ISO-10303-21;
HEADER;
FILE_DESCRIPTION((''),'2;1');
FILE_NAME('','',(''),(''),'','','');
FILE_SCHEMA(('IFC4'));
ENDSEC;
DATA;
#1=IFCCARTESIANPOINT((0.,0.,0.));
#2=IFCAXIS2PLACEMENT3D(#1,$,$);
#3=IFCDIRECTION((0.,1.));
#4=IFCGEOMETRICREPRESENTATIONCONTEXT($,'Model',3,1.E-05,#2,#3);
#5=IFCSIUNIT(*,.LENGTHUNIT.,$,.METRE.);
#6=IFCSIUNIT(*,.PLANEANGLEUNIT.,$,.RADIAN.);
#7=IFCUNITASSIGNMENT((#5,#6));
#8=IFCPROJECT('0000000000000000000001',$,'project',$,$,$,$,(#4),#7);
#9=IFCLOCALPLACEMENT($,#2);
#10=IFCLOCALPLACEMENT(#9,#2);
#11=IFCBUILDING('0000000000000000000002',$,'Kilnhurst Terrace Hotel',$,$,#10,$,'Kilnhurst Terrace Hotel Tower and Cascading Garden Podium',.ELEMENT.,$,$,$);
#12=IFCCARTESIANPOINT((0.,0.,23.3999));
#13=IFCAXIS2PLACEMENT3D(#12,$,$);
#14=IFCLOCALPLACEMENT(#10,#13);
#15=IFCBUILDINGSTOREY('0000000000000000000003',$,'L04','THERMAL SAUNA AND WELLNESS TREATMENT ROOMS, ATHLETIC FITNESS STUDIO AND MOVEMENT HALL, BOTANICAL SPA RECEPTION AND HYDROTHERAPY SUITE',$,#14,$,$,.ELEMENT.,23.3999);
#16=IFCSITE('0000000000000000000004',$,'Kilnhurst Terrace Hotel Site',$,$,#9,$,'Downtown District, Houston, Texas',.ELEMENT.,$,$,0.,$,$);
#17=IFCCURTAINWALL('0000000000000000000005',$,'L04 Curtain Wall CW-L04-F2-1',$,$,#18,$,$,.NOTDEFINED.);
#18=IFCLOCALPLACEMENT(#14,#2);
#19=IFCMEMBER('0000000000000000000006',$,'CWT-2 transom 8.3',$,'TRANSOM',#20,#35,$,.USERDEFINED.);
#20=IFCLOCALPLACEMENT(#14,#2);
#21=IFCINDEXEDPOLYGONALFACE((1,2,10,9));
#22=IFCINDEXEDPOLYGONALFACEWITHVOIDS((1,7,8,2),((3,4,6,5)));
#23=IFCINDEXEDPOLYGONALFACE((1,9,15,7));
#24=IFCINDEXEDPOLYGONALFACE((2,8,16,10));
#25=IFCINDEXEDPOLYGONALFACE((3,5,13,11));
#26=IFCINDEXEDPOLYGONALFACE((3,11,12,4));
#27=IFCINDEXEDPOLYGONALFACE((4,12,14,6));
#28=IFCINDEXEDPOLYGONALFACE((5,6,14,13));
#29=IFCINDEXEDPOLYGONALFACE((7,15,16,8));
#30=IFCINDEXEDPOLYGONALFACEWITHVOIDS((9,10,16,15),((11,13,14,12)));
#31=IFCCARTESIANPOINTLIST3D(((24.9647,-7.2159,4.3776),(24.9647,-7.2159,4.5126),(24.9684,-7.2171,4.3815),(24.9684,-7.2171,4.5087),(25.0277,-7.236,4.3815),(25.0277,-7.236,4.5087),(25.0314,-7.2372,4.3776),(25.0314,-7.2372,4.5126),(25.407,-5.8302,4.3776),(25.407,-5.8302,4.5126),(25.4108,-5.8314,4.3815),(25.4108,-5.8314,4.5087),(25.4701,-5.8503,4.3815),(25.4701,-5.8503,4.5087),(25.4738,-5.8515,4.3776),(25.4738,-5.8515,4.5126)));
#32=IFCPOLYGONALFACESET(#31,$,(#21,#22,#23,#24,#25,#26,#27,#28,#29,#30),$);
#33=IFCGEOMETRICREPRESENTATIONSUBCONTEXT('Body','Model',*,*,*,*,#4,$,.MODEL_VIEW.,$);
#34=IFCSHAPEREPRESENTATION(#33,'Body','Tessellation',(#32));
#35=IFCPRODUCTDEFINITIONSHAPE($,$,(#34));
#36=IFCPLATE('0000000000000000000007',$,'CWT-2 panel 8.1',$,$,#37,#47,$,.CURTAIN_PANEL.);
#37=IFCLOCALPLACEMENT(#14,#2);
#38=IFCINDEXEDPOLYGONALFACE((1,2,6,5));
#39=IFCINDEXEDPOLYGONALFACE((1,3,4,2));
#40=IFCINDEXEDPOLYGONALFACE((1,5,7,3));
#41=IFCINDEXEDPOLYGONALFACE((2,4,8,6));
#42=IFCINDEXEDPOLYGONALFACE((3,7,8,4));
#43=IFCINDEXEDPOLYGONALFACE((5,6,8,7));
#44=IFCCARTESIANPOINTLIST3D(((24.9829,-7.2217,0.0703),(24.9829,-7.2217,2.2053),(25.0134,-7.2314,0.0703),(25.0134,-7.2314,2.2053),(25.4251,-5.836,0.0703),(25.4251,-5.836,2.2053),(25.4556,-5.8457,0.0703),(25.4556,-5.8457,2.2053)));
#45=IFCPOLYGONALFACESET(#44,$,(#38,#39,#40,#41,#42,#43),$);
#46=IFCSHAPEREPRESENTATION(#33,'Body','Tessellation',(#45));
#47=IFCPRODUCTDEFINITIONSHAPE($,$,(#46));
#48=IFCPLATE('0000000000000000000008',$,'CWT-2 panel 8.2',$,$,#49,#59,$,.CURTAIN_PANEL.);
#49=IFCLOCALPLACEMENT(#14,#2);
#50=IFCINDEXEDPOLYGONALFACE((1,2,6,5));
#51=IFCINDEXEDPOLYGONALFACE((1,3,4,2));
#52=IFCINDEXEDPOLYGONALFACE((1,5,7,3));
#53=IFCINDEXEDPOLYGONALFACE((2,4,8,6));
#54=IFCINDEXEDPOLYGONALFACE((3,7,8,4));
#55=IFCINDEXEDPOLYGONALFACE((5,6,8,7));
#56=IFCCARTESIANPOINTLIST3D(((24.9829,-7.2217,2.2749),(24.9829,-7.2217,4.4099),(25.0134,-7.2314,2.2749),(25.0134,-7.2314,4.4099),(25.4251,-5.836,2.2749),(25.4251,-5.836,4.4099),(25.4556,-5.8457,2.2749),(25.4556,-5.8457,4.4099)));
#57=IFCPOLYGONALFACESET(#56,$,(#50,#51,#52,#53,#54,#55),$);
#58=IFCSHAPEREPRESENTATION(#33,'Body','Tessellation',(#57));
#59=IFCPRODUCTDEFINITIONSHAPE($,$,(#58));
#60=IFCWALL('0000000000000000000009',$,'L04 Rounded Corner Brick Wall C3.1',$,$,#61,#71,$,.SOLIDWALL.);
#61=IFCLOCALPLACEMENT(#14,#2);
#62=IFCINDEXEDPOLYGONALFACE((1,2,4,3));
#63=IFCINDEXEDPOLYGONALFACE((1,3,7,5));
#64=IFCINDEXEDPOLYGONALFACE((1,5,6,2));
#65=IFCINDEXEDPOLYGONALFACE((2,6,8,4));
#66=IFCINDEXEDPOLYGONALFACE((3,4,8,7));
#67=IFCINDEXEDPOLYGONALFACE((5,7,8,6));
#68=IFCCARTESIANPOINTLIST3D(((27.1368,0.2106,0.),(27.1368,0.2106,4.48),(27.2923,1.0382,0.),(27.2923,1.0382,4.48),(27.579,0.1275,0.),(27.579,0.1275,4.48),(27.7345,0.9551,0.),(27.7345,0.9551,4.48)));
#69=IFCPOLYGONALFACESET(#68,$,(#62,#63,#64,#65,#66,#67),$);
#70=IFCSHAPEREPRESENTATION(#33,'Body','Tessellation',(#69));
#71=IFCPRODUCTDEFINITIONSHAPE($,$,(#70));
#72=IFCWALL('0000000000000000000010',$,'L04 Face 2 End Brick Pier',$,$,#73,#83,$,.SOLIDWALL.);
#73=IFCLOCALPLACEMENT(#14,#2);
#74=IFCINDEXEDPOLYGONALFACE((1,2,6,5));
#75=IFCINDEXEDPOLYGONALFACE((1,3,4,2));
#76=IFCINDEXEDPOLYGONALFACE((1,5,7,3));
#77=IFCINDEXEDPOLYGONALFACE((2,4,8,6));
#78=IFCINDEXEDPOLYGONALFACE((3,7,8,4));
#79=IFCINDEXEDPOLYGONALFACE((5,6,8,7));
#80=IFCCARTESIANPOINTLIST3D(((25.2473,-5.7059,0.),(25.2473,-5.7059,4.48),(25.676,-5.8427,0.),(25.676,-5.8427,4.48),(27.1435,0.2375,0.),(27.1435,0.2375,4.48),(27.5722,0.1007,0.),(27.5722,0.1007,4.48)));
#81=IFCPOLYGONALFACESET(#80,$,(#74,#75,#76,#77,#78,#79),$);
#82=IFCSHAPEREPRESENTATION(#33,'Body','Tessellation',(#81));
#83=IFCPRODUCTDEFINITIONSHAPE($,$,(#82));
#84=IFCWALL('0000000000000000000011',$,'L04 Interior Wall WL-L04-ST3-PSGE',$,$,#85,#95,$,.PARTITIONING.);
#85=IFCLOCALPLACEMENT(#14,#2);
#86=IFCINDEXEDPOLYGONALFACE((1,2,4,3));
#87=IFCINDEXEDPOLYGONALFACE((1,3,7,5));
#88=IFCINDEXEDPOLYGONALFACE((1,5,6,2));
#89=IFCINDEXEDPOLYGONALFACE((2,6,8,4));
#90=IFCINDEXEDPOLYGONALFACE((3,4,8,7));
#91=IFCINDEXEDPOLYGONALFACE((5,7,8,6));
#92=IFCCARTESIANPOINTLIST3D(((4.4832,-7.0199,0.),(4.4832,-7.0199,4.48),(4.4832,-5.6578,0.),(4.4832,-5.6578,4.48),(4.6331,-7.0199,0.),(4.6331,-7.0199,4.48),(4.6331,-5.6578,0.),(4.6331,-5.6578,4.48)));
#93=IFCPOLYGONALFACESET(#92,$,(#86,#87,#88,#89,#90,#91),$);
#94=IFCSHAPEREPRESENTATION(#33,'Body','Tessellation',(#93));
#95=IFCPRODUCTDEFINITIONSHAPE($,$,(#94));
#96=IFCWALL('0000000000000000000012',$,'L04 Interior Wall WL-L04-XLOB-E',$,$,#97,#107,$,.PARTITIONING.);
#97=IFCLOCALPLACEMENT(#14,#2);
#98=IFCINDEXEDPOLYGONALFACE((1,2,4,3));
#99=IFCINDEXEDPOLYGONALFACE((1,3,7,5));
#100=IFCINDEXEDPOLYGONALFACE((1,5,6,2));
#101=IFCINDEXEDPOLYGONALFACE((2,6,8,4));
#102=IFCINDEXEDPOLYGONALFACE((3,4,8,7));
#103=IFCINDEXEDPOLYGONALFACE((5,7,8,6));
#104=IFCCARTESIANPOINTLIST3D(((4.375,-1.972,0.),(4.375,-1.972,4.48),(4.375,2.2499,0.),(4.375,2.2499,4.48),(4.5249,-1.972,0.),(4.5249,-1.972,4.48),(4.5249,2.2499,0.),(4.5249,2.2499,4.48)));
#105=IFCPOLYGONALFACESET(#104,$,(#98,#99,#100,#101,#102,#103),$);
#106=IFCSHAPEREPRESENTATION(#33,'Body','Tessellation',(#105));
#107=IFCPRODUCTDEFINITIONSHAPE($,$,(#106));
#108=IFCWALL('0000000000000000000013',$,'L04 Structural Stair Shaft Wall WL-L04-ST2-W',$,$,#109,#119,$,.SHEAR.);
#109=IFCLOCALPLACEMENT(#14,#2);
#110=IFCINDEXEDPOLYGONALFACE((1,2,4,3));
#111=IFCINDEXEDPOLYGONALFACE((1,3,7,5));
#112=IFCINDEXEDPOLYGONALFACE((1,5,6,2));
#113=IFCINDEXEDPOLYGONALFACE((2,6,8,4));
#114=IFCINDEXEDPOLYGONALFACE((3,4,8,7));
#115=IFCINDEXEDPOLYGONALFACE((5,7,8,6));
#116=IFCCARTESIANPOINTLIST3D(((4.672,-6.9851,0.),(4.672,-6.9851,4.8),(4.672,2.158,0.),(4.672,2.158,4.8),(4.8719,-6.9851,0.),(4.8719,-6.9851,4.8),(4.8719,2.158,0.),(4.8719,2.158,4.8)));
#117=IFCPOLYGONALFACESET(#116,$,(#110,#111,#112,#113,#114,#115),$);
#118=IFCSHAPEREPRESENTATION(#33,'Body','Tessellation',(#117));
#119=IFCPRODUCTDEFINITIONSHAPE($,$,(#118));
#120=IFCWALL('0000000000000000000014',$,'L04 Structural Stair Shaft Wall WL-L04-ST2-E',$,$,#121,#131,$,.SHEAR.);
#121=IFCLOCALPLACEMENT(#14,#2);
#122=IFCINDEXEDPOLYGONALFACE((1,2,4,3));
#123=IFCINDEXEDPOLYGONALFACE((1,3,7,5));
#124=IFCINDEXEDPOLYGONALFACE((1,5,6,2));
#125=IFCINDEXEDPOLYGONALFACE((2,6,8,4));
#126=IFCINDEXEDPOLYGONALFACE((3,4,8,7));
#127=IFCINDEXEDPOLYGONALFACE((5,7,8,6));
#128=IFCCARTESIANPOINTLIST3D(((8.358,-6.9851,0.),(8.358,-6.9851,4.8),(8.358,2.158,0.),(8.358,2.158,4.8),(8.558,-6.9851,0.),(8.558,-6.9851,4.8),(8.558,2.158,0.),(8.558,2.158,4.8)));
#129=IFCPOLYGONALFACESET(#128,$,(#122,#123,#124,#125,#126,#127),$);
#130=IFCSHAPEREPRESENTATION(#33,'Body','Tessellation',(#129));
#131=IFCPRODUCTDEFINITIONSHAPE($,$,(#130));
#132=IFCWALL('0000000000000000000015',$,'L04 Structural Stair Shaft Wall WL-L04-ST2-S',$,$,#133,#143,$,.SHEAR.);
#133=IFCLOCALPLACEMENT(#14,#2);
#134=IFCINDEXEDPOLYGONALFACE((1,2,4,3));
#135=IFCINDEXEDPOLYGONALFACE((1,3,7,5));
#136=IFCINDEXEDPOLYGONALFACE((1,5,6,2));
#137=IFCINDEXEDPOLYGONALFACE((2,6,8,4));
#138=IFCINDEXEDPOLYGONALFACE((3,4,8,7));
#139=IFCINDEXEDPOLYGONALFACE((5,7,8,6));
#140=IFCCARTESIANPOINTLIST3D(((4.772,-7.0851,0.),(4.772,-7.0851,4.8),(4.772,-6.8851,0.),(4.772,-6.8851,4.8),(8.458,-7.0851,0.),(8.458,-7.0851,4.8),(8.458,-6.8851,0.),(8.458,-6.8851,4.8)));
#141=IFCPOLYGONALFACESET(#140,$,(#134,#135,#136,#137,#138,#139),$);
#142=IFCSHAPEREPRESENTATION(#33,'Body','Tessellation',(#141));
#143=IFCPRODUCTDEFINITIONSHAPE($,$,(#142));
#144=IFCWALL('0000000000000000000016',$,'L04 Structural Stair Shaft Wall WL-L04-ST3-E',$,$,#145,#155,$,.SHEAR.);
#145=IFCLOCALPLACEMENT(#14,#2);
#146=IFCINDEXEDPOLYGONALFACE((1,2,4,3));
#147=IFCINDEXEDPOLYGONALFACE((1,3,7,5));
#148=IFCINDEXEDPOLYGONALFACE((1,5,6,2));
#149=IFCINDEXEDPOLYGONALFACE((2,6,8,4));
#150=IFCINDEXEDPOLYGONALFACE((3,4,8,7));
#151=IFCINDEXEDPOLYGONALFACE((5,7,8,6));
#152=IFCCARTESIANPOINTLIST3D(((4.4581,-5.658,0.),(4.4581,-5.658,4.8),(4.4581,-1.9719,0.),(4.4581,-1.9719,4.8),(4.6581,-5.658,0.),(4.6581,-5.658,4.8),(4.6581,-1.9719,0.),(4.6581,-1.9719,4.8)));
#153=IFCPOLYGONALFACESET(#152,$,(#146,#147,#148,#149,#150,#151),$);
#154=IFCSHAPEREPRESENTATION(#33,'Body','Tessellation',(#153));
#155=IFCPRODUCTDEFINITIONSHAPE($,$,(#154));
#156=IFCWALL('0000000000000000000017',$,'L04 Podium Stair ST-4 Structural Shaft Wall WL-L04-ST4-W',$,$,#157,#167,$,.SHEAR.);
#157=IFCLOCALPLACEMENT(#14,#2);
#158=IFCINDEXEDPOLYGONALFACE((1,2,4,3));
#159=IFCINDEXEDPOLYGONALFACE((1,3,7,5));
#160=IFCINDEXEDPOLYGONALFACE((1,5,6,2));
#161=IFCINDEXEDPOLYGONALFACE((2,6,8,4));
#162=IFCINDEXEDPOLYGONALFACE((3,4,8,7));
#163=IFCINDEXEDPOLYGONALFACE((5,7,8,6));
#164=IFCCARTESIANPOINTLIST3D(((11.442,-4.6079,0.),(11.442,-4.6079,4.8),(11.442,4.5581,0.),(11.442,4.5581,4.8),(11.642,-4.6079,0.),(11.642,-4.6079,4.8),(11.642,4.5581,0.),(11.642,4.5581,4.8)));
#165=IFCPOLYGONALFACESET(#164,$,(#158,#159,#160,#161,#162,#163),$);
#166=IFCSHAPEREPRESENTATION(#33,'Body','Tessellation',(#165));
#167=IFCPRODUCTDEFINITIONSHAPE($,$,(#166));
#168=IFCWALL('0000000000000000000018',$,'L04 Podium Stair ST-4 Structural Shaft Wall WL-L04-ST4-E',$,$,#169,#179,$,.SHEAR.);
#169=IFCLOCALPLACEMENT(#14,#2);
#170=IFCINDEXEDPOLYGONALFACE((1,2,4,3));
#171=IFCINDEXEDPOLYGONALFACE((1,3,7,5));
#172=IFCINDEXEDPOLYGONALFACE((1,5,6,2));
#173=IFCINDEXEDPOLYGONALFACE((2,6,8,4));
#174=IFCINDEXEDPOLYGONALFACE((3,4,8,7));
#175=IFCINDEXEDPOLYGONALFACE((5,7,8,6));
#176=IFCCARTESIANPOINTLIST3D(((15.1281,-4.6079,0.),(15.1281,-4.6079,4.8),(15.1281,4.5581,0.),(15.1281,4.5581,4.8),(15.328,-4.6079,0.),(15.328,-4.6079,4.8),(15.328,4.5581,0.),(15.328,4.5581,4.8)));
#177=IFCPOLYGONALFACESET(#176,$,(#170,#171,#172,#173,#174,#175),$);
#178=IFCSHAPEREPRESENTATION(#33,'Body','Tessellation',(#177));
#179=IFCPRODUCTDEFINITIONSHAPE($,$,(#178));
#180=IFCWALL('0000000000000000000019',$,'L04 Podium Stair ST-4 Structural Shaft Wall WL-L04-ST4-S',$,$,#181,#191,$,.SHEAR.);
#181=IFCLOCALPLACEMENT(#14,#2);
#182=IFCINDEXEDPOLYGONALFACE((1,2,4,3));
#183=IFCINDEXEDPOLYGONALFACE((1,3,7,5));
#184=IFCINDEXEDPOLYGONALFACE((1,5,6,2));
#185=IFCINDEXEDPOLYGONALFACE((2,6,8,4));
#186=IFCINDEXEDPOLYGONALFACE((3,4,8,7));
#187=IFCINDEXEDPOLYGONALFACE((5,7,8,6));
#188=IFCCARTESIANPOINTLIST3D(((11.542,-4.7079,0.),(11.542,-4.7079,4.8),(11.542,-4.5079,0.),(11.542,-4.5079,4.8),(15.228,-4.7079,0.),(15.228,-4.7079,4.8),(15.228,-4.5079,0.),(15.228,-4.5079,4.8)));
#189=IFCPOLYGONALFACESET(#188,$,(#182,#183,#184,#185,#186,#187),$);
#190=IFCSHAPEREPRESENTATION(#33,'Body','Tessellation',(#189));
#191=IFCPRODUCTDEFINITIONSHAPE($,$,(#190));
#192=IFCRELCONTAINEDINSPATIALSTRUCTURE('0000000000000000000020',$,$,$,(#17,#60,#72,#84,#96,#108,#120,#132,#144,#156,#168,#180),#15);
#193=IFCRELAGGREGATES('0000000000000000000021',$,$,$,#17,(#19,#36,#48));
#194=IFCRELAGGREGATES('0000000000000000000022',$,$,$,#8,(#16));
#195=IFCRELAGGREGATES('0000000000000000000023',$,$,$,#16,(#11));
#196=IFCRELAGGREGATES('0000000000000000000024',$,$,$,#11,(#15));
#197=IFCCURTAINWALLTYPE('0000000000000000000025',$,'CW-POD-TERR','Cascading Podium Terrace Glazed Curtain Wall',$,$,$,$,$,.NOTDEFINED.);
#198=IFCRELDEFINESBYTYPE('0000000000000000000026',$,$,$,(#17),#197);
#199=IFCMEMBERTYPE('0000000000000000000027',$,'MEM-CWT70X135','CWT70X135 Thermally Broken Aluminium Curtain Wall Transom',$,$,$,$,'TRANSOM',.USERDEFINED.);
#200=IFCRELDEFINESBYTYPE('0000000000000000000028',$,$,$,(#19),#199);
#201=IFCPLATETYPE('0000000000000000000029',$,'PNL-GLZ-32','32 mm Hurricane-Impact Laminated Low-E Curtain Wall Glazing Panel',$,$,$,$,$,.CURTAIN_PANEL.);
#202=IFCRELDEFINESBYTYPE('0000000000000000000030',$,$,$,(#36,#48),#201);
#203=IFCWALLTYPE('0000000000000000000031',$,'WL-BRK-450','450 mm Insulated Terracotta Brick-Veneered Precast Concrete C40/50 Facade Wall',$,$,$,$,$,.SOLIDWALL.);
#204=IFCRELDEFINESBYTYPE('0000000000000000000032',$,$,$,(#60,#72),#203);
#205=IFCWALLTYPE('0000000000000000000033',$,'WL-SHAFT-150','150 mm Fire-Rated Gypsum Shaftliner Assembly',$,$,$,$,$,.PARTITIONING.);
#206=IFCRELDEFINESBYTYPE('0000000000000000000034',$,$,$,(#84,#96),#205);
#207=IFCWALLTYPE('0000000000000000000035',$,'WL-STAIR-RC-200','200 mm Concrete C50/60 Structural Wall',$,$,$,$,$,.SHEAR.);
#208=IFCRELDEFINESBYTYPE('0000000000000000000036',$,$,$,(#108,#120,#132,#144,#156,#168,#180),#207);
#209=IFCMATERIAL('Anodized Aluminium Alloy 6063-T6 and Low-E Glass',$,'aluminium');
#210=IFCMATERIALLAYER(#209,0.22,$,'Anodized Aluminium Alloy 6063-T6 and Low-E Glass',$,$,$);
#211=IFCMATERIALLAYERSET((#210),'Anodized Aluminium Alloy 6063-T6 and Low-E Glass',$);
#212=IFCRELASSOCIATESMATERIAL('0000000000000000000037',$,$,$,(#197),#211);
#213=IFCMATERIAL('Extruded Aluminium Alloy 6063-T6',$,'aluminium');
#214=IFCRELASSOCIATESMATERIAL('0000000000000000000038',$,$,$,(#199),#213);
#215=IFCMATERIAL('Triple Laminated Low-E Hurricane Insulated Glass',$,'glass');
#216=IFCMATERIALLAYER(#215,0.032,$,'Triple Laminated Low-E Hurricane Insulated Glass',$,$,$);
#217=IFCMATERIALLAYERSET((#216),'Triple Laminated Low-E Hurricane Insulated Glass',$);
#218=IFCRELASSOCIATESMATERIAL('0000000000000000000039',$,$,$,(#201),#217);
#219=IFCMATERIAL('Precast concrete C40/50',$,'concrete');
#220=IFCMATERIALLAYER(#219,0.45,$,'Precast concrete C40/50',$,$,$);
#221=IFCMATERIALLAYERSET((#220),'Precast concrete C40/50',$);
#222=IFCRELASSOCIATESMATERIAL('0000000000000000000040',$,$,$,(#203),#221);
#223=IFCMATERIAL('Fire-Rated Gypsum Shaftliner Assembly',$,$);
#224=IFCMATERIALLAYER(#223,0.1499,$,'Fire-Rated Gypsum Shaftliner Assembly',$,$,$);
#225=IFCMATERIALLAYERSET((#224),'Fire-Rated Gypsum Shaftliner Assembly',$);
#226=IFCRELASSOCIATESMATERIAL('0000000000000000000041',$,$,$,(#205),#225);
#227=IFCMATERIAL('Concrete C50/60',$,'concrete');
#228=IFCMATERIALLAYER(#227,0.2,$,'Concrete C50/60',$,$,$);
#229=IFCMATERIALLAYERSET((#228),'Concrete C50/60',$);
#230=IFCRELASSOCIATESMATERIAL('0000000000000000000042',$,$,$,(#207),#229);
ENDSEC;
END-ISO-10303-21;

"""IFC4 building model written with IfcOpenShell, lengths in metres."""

from ifc_helpers import new_model, si_unit, direction, frame, frame_2d, origin, origin_2d, place, context, subcontext, project, spatial, rectangle, hollow_rectangle, extrude, material, layer, layer_set, material_profile, profile_set, type_object, element, aggregate, save


model = new_model("IFC4")

# Units and contexts
model_context = context("Model", 3, precision=1e-05, world=origin(), true_north=direction((0.0, 1.0)))
body_context = subcontext(model_context, "Body", "Model", "MODEL_VIEW")
ifc_project = project(units=[si_unit("LENGTHUNIT", "METRE"), si_unit("PLANEANGLEUNIT", "RADIAN")], contexts=[model_context])

# Site, building, storey
site_placement = place(None, origin())
site = spatial("IfcSite", under=ifc_project, at=site_placement, Name="Kilnhurst Terrace Hotel Site", LongName="Downtown District, Houston, Texas", CompositionType="ELEMENT", RefElevation=0.0)
building_placement = place(site_placement, origin())
building = spatial("IfcBuilding", under=site, at=building_placement, Name="Kilnhurst Terrace Hotel", LongName="Kilnhurst Terrace Hotel Tower and Cascading Garden Podium", CompositionType="ELEMENT")
storey_placement = place(building_placement, frame((0.0, 0.0, 23.3999)))
storey = spatial("IfcBuildingStorey", under=building, at=storey_placement, Name="L04", Description="THERMAL SAUNA AND WELLNESS TREATMENT ROOMS, ATHLETIC FITNESS STUDIO AND MOVEMENT HALL, BOTANICAL SPA RECEPTION AND HYDROTHERAPY SUITE", CompositionType="ELEMENT", Elevation=23.3999)

# Shared definitions
ifc_material_1 = material(Name="Concrete C50/60", Category="concrete")

# Curtain wall, member, plates
ifc_material_2 = material(Name="Anodized Aluminium Alloy 6063-T6 and Low-E Glass", Category="aluminium")
ifc_layer_1 = layer(ifc_material_2, 0.22, Name="Anodized Aluminium Alloy 6063-T6 and Low-E Glass")
ifc_layer_set_1 = layer_set([ifc_layer_1], Name="Anodized Aluminium Alloy 6063-T6 and Low-E Glass")
curtain_wall_type = type_object("IfcCurtainWallType", Name="CW-POD-TERR", Description="Cascading Podium Terrace Glazed Curtain Wall", PredefinedType="NOTDEFINED", material=ifc_layer_set_1)
curtain_wall_placement = place(storey_placement, origin())
curtain_wall = element("IfcCurtainWall", 1, at=curtain_wall_placement, inside=storey, type_object=curtain_wall_type, Name="L04 Curtain Wall CW-L04-F2-1", PredefinedType="NOTDEFINED")
ifc_material_3 = material(Name="Extruded Aluminium Alloy 6063-T6", Category="aluminium")
ifc_material_profile_1 = material_profile(ifc_material_3, hollow_rectangle(XDim=0.0701, YDim=0.135, WallThickness=0.0039, at=origin_2d()), Name="CWT70X135")
ifc_profile_set_1 = profile_set([ifc_material_profile_1], Name="Extruded Aluminium Alloy 6063-T6")
member_type_1 = type_object("IfcMemberType", Name="MEM-CWT70X135", Description="CWT70X135 Thermally Broken Aluminium Curtain Wall Transom", ElementType="TRANSOM", PredefinedType="USERDEFINED", material=ifc_profile_set_1)
member_1_placement = place(storey_placement, frame((24.998, -7.2266, 4.4451), z_axis=(0.304118, 0.952634, 0.0), x_axis=(-0.952634, 0.304118, 0.0)))
member_1 = element("IfcMember", 2, at=member_1_placement, type_object=member_type_1, Name="CWT-2 transom 8.3", ObjectType="TRANSOM", PredefinedType="USERDEFINED", context=body_context, shape_type="SweptSolid", body=[
    extrude(hollow_rectangle(XDim=0.0701, YDim=0.135, WallThickness=0.0039, at=origin_2d()), origin(), (0.0, 0.0, 1.0), 1.4546),
])
ifc_material_4 = material(Name="Triple Laminated Low-E Hurricane Insulated Glass", Category="glass")
ifc_layer_2 = layer(ifc_material_4, 0.032, Name="Triple Laminated Low-E Hurricane Insulated Glass")
ifc_layer_set_2 = layer_set([ifc_layer_2], Name="Triple Laminated Low-E Hurricane Insulated Glass")
plate_type = type_object("IfcPlateType", Name="PNL-GLZ-32", Description="32 mm Hurricane-Impact Laminated Low-E Curtain Wall Glazing Panel", PredefinedType="CURTAIN_PANEL", material=ifc_layer_set_2)
plate_1_placement = place(storey_placement, frame((25.2192, -6.5337, 0.0703), z_axis=(0.0, 0.0, 1.0), x_axis=(0.303992, 0.952675, 0.0)))
plate_1 = element("IfcPlate", 3, at=plate_1_placement, type_object=plate_type, Name="CWT-2 panel 8.1", PredefinedType="CURTAIN_PANEL", context=body_context, shape_type="SweptSolid", body=[
    extrude(rectangle(XDim=1.4546, YDim=0.032, at=origin_2d()), origin(), (0.0, 0.0, 1.0), 2.135),
])
plate_2_placement = place(storey_placement, frame((25.2192, -6.5337, 2.2749), z_axis=(0.0, 0.0, 1.0), x_axis=(0.303992, 0.952675, 0.0)))
plate_2 = element("IfcPlate", 4, at=plate_2_placement, type_object=plate_type, Name="CWT-2 panel 8.2", PredefinedType="CURTAIN_PANEL", context=body_context, shape_type="SweptSolid", body=[
    extrude(rectangle(XDim=1.4546, YDim=0.032, at=origin_2d()), origin(), (0.0, 0.0, 1.0), 2.135),
])
aggregate(curtain_wall, [member_1, plate_1, plate_2])

# Walls
ifc_material_5 = material(Name="Precast concrete C40/50", Category="concrete")
ifc_layer_3 = layer(ifc_material_5, 0.45, Name="Precast concrete C40/50")
ifc_layer_set_3 = layer_set([ifc_layer_3], Name="Precast concrete C40/50")
wall_type_1 = type_object("IfcWallType", Name="WL-BRK-450", Description="450 mm Insulated Terracotta Brick-Veneered Precast Concrete C40/50 Facade Wall", PredefinedType="SOLIDWALL", material=ifc_layer_set_3)
wall_1_placement = place(storey_placement, frame((27.3579, 0.1692, 0.0), z_axis=(0.0, 0.0, 1.0), x_axis=(0.184674, 0.9828, 0.0)))
element("IfcWall", 5, at=wall_1_placement, inside=storey, type_object=wall_type_1, Name="L04 Rounded Corner Brick Wall C3.1", PredefinedType="SOLIDWALL", context=body_context, shape_type="SweptSolid", body=[
    extrude(rectangle(XDim=0.842, YDim=0.45, at=frame_2d((0.4209, 0.0))), origin(), (0.0, 0.0, 1.0), 4.48),
])
wall_2_placement = place(storey_placement, frame((25.4617, -5.7742, 0.0), z_axis=(0.0, 0.0, 1.0), x_axis=(0.303956, 0.952686, 0.0)))
element("IfcWall", 6, at=wall_2_placement, inside=storey, type_object=wall_type_1, Name="L04 Face 2 End Brick Pier", PredefinedType="SOLIDWALL", context=body_context, shape_type="SweptSolid", body=[
    extrude(rectangle(XDim=6.2385, YDim=0.45, at=frame_2d((3.1191, 0.0))), origin(), (0.0, 0.0, 1.0), 4.48),
])

# Walls
ifc_material_6 = material(Name="Fire-Rated Gypsum Shaftliner Assembly")
ifc_layer_4 = layer(ifc_material_6, 0.1499, Name="Fire-Rated Gypsum Shaftliner Assembly")
ifc_layer_set_4 = layer_set([ifc_layer_4], Name="Fire-Rated Gypsum Shaftliner Assembly")
wall_type_2 = type_object("IfcWallType", Name="WL-SHAFT-150", Description="150 mm Fire-Rated Gypsum Shaftliner Assembly", PredefinedType="PARTITIONING", material=ifc_layer_set_4)
wall_3_placement = place(storey_placement, frame((4.5581, -7.02, 0.0), z_axis=(0.0, 0.0, 1.0), x_axis=(0.0, 1.0, 0.0)))
element("IfcWall", 7, at=wall_3_placement, inside=storey, type_object=wall_type_2, Name="L04 Interior Wall WL-L04-ST3-PSGE", PredefinedType="PARTITIONING", context=body_context, shape_type="SweptSolid", body=[
    extrude(rectangle(XDim=1.3621, YDim=0.1499, at=frame_2d((0.6812, 0.0))), origin(), (0.0, 0.0, 1.0), 4.48),
])
wall_4_placement = place(storey_placement, frame((4.45, -1.9719, 0.0), z_axis=(0.0, 0.0, 1.0), x_axis=(0.0, 1.0, 0.0)))
element("IfcWall", 8, at=wall_4_placement, inside=storey, type_object=wall_type_2, Name="L04 Interior Wall WL-L04-XLOB-E", PredefinedType="PARTITIONING", context=body_context, shape_type="SweptSolid", body=[
    extrude(rectangle(XDim=4.2219, YDim=0.1499, at=frame_2d((2.1108, 0.0))), origin(), (0.0, 0.0, 1.0), 4.48),
])
ifc_layer_5 = layer(ifc_material_1, 0.2, Name="Concrete C50/60")
ifc_layer_set_5 = layer_set([ifc_layer_5], Name="Concrete C50/60")
wall_type_3 = type_object("IfcWallType", Name="WL-STAIR-RC-200", Description="200 mm Concrete C50/60 Structural Wall", PredefinedType="SHEAR", material=ifc_layer_set_5)
for number, where, z_axis, x_axis, name in (
    (9, (4.772, -6.9851, 0.0), (0.0, 0.0, 1.0), (0.0, 1.0, 0.0), "L04 Structural Stair Shaft Wall WL-L04-ST2-W"),
    (10, (8.458, -6.9851, 0.0), (0.0, 0.0, 1.0), (0.0, 1.0, 0.0), "L04 Structural Stair Shaft Wall WL-L04-ST2-E"),
):
    element("IfcWall", number, at=place(storey_placement, frame(where, z_axis=z_axis, x_axis=x_axis)), inside=storey, type_object=wall_type_3, Name=name, PredefinedType="SHEAR", context=body_context, shape_type="SweptSolid", body=[
        extrude(rectangle(XDim=9.1431, YDim=0.2, at=frame_2d((4.5715, 0.0))), origin(), (0.0, 0.0, 1.0), 4.8),
    ])
for number, where, z_axis, x_axis, name in (
    (11, (4.772, -6.9851, 0.0), (0.0, 0.0, 1.0), (1.0, 0.0, 0.0), "L04 Structural Stair Shaft Wall WL-L04-ST2-S"),
    (12, (4.5581, -5.658, 0.0), (0.0, 0.0, 1.0), (0.0, 1.0, 0.0), "L04 Structural Stair Shaft Wall WL-L04-ST3-E"),
):
    element("IfcWall", number, at=place(storey_placement, frame(where, z_axis=z_axis, x_axis=x_axis)), inside=storey, type_object=wall_type_3, Name=name, PredefinedType="SHEAR", context=body_context, shape_type="SweptSolid", body=[
        extrude(rectangle(XDim=3.686, YDim=0.2, at=frame_2d((1.843, 0.0))), origin(), (0.0, 0.0, 1.0), 4.8),
    ])
for number, where, z_axis, x_axis, name in (
    (13, (11.542, -4.6079, 0.0), (0.0, 0.0, 1.0), (0.0, 1.0, 0.0), "L04 Podium Stair ST-4 Structural Shaft Wall WL-L04-ST4-W"),
    (14, (15.228, -4.6079, 0.0), (0.0, 0.0, 1.0), (0.0, 1.0, 0.0), "L04 Podium Stair ST-4 Structural Shaft Wall WL-L04-ST4-E"),
):
    element("IfcWall", number, at=place(storey_placement, frame(where, z_axis=z_axis, x_axis=x_axis)), inside=storey, type_object=wall_type_3, Name=name, PredefinedType="SHEAR", context=body_context, shape_type="SweptSolid", body=[
        extrude(rectangle(XDim=9.166, YDim=0.2, at=frame_2d((4.583, 0.0))), origin(), (0.0, 0.0, 1.0), 4.8),
    ])
wall_5_placement = place(storey_placement, frame((11.542, -4.6079, 0.0), z_axis=(0.0, 0.0, 1.0), x_axis=(1.0, 0.0, 0.0)))
element("IfcWall", 15, at=wall_5_placement, inside=storey, type_object=wall_type_3, Name="L04 Podium Stair ST-4 Structural Shaft Wall WL-L04-ST4-S", PredefinedType="SHEAR", context=body_context, shape_type="SweptSolid", body=[
    extrude(rectangle(XDim=3.686, YDim=0.2, at=frame_2d((1.843, 0.0))), origin(), (0.0, 0.0, 1.0), 4.8),
])

save(model, "model.ifc")
